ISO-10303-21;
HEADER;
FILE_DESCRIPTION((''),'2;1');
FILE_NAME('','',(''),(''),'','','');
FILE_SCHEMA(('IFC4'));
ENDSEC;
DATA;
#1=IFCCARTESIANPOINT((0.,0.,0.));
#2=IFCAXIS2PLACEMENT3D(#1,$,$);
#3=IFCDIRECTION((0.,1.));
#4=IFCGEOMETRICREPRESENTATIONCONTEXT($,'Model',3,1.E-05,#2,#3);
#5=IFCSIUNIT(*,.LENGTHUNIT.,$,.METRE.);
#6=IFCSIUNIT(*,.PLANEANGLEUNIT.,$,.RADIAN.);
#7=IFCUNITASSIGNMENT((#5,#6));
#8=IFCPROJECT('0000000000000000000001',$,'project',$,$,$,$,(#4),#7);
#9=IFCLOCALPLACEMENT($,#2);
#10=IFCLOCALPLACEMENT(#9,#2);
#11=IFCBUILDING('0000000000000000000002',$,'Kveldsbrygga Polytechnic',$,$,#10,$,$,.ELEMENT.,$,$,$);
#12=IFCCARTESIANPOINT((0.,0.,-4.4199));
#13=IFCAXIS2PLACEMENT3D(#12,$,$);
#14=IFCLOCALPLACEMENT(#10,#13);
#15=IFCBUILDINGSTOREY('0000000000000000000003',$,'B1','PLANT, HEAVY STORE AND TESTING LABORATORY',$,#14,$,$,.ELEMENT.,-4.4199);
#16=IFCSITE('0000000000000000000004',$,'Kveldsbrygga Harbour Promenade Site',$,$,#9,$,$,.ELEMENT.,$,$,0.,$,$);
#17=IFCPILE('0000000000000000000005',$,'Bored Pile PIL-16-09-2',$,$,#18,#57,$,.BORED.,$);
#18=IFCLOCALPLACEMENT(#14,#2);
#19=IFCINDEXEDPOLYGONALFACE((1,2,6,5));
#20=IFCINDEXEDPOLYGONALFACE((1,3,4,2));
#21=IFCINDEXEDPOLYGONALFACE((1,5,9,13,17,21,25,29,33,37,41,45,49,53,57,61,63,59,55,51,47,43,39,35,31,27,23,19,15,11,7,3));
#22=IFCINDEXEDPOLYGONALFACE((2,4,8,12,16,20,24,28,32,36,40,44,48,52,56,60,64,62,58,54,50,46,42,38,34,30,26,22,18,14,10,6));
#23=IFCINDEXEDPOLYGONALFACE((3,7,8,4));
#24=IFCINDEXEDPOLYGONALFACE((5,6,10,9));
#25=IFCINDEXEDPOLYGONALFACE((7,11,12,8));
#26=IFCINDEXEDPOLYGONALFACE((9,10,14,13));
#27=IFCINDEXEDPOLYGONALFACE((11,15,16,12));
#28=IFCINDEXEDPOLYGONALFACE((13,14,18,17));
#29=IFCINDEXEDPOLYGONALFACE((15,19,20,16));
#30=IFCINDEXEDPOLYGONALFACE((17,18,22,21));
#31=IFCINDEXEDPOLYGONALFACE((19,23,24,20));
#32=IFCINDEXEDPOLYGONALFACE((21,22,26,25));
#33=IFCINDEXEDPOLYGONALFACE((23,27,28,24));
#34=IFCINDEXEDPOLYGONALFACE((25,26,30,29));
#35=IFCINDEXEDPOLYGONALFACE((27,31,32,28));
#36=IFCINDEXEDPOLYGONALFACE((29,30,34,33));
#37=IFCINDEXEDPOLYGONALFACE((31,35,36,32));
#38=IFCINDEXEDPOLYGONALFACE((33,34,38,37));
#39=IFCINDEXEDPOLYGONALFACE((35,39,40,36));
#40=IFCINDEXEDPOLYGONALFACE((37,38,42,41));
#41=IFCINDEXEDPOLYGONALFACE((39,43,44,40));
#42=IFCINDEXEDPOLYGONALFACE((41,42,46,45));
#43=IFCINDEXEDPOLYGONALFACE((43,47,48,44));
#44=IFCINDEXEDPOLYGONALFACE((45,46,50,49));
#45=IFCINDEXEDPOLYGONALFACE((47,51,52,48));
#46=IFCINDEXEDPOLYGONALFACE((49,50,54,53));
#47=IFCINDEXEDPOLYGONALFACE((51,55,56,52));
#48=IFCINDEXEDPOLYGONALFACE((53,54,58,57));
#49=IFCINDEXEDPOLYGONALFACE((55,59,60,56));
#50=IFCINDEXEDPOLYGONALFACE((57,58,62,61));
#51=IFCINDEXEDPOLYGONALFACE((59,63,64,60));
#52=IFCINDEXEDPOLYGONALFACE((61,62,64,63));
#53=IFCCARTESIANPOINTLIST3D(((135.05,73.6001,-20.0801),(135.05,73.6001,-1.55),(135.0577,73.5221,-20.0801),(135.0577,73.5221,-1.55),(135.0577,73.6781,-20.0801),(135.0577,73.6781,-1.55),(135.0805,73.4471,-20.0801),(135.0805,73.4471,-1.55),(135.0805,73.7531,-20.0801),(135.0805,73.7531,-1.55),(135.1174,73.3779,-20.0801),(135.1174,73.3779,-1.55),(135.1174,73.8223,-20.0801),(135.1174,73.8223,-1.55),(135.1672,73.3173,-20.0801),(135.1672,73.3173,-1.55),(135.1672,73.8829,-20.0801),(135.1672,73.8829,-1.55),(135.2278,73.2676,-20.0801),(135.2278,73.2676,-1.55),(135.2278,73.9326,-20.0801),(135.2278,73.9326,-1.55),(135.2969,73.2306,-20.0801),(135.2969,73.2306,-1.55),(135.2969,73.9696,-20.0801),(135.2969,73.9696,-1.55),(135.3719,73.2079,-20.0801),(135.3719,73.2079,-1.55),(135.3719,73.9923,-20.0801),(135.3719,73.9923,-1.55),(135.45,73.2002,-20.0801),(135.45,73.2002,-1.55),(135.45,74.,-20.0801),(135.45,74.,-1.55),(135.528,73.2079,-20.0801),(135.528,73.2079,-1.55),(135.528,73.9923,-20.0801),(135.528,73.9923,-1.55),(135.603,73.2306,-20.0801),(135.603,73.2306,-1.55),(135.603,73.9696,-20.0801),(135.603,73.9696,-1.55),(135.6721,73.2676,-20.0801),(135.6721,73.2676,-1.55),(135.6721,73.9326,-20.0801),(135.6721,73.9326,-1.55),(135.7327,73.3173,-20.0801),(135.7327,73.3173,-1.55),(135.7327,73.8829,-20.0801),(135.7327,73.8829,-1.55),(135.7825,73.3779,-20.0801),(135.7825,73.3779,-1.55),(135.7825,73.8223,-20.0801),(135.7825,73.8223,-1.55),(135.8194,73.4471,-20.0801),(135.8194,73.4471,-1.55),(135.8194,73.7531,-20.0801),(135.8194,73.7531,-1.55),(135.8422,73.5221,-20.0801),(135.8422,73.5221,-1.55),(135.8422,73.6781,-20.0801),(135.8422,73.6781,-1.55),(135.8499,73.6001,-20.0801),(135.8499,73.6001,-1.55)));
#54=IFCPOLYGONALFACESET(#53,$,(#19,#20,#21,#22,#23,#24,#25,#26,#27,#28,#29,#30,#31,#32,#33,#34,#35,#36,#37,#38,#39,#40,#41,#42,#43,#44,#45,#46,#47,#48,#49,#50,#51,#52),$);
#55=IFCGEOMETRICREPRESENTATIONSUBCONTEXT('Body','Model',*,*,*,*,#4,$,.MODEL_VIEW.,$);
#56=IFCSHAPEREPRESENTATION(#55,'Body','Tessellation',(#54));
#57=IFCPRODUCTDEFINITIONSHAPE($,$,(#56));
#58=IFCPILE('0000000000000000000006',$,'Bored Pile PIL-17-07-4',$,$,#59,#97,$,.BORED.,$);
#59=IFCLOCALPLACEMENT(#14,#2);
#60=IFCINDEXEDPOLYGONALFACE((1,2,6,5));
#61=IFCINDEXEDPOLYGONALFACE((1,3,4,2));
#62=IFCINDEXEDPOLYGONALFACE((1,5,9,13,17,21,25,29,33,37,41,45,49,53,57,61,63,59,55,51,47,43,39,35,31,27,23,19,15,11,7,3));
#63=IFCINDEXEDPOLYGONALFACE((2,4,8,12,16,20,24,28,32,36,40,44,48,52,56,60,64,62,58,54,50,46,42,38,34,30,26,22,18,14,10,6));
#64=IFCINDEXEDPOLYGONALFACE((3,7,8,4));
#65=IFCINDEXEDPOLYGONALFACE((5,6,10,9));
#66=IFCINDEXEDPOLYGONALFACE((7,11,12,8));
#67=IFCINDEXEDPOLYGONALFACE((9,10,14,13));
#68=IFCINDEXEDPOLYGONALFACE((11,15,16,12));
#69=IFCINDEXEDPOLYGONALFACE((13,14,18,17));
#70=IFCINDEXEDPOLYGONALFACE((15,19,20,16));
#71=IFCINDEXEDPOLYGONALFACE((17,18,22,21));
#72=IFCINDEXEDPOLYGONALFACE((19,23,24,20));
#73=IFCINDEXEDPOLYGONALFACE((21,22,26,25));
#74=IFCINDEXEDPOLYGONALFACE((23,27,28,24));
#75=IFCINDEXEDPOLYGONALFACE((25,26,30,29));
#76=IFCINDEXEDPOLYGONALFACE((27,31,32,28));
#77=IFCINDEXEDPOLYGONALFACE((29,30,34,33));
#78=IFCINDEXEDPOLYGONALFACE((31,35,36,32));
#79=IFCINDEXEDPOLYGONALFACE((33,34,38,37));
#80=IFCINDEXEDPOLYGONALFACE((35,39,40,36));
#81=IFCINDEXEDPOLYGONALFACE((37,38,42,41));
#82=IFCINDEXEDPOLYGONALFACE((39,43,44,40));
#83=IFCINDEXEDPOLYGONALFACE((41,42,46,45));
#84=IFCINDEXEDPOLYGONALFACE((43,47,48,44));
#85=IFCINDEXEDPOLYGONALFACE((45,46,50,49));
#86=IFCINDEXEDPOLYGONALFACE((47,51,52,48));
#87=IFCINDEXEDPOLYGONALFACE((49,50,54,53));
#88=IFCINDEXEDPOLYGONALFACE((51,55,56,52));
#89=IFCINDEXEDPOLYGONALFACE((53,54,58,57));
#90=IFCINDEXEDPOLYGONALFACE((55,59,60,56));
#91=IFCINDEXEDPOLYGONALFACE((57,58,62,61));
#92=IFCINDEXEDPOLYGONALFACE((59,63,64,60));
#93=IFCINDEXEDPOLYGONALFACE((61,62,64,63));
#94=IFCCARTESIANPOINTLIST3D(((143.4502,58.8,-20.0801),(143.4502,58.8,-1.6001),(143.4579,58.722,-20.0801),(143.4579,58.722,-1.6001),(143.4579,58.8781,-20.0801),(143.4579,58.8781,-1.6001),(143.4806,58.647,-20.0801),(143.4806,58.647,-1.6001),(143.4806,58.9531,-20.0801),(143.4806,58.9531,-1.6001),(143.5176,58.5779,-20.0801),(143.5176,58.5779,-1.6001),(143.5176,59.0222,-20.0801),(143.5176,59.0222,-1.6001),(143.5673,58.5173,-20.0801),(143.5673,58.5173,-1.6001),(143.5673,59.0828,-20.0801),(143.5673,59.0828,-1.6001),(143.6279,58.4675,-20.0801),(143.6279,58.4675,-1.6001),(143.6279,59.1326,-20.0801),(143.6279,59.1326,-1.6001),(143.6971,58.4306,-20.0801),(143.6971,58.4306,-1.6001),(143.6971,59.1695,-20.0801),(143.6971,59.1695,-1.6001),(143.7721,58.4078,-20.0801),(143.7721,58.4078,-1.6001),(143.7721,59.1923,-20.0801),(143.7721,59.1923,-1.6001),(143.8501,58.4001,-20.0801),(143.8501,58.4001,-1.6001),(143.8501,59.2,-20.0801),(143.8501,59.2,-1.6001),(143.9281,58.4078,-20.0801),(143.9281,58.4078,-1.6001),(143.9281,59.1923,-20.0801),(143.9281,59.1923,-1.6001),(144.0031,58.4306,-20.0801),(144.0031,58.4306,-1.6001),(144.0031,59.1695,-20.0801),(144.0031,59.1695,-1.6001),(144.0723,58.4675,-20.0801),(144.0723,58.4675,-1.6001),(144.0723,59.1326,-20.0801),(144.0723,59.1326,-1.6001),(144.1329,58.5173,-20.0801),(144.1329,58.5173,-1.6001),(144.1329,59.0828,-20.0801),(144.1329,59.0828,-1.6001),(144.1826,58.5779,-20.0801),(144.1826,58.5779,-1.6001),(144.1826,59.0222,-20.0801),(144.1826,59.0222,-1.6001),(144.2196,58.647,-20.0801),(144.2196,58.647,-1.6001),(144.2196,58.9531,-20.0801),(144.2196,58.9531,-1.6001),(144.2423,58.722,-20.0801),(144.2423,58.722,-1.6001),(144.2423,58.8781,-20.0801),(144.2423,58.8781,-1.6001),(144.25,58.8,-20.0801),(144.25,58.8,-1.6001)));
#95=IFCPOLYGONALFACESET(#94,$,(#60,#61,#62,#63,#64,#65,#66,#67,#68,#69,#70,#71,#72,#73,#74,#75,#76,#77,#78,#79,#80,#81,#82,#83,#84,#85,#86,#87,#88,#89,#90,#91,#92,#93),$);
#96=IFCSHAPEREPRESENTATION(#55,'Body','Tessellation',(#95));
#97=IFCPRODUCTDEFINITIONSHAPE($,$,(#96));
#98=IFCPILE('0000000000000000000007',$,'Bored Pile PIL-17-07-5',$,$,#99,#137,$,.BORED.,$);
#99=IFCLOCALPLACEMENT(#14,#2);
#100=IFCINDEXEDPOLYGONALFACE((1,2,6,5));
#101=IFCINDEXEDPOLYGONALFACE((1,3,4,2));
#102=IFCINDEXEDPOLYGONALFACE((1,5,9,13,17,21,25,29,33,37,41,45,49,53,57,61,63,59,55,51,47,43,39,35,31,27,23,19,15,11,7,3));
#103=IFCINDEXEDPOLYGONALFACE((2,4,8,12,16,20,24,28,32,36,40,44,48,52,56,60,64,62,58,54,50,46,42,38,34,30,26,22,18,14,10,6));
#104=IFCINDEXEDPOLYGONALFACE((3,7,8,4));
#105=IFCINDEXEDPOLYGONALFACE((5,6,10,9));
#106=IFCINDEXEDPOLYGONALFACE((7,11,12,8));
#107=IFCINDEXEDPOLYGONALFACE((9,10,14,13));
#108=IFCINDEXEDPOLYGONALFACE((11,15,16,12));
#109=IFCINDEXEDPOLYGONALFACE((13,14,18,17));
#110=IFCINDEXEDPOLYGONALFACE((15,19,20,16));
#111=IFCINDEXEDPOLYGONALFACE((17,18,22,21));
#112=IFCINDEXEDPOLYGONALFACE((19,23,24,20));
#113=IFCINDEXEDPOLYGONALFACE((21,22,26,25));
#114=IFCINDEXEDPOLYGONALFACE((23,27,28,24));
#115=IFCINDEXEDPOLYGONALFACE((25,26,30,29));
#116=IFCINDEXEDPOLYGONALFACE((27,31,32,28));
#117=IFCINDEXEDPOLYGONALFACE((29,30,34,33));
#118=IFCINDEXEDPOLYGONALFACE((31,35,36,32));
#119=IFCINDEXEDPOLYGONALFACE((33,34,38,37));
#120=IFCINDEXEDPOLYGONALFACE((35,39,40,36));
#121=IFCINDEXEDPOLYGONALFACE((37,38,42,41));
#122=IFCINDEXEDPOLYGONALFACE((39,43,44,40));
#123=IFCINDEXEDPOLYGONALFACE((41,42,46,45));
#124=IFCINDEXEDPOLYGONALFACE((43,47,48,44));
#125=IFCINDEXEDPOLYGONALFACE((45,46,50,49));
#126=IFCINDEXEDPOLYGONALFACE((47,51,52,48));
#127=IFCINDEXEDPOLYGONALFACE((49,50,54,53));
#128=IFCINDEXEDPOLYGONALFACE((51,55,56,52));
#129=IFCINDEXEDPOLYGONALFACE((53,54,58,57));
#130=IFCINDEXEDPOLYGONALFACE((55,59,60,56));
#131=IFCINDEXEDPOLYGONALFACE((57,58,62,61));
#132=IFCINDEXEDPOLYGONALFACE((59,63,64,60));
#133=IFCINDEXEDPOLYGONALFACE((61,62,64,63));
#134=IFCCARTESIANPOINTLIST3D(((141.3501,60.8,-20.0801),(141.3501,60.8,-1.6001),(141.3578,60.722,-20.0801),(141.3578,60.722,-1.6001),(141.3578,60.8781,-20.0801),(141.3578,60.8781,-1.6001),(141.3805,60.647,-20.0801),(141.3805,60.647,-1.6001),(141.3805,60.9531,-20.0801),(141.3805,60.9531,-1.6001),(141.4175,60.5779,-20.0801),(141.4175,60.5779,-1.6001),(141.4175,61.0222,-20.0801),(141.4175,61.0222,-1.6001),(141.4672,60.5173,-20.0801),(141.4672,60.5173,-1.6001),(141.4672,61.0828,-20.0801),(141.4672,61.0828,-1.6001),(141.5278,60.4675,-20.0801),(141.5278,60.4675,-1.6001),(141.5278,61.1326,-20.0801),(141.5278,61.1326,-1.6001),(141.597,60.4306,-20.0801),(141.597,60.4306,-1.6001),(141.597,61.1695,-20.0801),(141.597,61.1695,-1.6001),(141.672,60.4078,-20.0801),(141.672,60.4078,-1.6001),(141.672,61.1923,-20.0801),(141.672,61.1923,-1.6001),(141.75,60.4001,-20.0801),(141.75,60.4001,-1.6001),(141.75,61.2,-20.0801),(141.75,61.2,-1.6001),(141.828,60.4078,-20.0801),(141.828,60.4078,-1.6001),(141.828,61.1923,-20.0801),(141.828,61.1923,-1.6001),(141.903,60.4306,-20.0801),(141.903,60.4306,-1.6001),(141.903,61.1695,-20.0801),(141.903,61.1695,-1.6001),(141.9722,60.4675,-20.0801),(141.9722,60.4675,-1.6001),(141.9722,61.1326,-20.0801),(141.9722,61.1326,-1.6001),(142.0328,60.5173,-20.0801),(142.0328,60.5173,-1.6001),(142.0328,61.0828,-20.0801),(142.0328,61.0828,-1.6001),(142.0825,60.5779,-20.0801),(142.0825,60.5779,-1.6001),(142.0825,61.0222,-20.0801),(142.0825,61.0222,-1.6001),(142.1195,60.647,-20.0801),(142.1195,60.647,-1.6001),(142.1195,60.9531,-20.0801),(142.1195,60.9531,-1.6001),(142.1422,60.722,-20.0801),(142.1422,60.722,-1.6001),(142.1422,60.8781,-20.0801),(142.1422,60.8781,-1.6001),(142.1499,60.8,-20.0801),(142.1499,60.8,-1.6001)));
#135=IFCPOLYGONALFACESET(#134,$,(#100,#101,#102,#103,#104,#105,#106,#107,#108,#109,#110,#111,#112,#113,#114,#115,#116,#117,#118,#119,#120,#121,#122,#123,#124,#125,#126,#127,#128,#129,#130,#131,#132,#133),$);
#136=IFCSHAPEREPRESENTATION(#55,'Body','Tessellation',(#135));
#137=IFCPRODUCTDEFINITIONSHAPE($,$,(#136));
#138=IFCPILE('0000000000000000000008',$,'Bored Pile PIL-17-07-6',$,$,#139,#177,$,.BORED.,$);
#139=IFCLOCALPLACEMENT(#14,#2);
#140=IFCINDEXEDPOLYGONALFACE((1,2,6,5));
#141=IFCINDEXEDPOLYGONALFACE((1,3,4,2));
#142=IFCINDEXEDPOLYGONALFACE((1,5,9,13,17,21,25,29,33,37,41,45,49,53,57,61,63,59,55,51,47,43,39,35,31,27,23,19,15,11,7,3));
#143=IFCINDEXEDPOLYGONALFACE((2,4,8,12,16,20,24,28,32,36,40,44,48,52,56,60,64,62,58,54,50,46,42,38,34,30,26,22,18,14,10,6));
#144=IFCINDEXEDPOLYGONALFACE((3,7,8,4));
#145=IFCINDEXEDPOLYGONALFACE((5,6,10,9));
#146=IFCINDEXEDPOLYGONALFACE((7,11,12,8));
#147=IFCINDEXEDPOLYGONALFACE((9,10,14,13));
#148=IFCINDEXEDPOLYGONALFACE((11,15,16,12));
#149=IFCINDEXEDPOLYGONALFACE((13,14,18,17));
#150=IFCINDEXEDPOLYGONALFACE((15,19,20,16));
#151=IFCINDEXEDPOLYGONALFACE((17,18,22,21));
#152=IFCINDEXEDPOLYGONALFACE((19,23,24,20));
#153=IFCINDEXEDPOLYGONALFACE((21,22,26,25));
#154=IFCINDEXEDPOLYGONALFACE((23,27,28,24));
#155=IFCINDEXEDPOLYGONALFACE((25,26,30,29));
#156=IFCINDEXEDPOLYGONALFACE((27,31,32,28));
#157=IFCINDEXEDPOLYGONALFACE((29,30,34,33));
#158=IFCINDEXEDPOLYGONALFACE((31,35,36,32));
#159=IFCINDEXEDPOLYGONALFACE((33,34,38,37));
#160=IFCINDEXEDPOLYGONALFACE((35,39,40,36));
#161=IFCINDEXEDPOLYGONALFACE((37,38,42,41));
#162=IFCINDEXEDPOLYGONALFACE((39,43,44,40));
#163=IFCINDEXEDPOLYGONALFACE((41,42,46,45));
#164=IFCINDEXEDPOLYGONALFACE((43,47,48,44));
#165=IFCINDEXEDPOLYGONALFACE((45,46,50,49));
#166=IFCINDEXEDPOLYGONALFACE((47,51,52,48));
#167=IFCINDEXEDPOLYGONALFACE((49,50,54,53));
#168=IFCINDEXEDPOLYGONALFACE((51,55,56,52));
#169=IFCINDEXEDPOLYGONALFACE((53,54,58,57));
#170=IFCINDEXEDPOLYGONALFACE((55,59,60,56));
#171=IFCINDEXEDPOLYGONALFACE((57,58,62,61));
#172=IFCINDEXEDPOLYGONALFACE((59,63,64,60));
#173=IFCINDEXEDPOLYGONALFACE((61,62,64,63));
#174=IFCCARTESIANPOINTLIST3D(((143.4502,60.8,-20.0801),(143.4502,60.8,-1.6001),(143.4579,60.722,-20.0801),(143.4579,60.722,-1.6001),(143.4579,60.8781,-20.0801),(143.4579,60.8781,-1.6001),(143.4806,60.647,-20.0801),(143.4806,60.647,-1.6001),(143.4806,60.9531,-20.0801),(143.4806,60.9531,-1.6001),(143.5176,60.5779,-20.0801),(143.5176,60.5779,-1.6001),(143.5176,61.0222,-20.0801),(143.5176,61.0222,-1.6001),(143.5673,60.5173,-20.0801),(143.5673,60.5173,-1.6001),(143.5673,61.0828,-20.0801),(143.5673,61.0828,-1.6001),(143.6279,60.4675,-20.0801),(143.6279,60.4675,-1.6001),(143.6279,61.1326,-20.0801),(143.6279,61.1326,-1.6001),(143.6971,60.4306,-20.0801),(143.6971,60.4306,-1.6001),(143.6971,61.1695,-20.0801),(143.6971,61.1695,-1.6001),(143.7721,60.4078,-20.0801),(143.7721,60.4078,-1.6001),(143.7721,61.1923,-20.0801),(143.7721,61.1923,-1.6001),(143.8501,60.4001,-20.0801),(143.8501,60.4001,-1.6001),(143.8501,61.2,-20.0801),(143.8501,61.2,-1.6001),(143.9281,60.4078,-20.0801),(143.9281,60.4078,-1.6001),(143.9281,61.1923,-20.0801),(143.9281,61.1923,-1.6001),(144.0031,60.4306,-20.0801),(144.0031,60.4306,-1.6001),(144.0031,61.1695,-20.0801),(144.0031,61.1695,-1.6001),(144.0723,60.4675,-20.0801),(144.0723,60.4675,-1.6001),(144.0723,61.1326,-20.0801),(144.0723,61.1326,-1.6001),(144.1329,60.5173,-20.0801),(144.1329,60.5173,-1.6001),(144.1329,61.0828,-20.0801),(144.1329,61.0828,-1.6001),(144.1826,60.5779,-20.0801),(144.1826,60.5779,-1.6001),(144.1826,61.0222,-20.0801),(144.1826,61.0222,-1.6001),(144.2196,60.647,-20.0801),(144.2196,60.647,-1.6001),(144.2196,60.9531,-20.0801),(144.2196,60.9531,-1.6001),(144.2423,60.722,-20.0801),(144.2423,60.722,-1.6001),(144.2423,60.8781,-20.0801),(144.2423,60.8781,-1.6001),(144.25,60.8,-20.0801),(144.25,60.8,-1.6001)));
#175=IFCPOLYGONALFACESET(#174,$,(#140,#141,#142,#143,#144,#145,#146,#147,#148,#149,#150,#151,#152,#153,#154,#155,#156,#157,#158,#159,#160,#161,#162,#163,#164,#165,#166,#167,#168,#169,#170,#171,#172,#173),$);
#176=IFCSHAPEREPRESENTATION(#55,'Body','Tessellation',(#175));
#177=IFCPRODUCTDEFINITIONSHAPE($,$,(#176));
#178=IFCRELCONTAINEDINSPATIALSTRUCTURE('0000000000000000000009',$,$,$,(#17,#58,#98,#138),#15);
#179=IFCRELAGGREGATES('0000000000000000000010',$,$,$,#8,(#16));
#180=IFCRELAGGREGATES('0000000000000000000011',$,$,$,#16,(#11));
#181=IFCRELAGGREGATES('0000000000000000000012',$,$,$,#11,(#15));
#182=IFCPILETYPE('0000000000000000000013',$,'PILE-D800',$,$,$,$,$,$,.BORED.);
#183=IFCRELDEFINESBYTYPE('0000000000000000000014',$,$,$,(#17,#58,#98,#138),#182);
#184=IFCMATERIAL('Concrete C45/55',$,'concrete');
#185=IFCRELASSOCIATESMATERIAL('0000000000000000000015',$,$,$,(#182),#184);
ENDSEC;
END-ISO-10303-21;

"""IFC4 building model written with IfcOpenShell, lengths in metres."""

from ifc_helpers import new_model, si_unit, direction, frame, origin, origin_2d, place, context, subcontext, project, spatial, circle, extrude, material, material_profile, profile_set, type_object, element, save


model = new_model("IFC4")

# Units and contexts
model_context = context("Model", 3, precision=1e-05, world=origin(), true_north=direction((0.0, 1.0)))
body_context = subcontext(model_context, "Body", "Model", "MODEL_VIEW")
ifc_project = project(units=[si_unit("LENGTHUNIT", "METRE"), si_unit("PLANEANGLEUNIT", "RADIAN")], contexts=[model_context])

# Site, building, storey
site_placement = place(None, origin())
site = spatial("IfcSite", under=ifc_project, at=site_placement, Name="Kveldsbrygga Harbour Promenade Site", CompositionType="ELEMENT", RefElevation=0.0)
building_placement = place(site_placement, origin())
building = spatial("IfcBuilding", under=site, at=building_placement, Name="Kveldsbrygga Polytechnic", CompositionType="ELEMENT")
storey_placement = place(building_placement, frame((0.0, 0.0, -4.4199)))
storey = spatial("IfcBuildingStorey", under=building, at=storey_placement, Name="B1", Description="PLANT, HEAVY STORE AND TESTING LABORATORY", CompositionType="ELEMENT", Elevation=-4.4199)

# Shared definitions
ifc_material_1 = material(Name="Concrete C45/55", Category="concrete")

# Piles
ifc_material_profile_1 = material_profile(ifc_material_1, circle(Radius=0.3999, at=origin_2d()), Name="PILE D800")
ifc_profile_set_1 = profile_set([ifc_material_profile_1], Name="Concrete C45/55")
pile_type = type_object("IfcPileType", Name="PILE-D800", PredefinedType="BORED", material=ifc_profile_set_1)
pile_1_placement = place(storey_placement, frame((135.45, 73.6001, -1.55), z_axis=(0.0, 0.0, -1.0), x_axis=(1.0, 0.0, 0.0)))
element("IfcPile", 1, at=pile_1_placement, inside=storey, type_object=pile_type, Name="Bored Pile PIL-16-09-2", PredefinedType="BORED", context=body_context, shape_type="SweptSolid", body=[
    extrude(circle(Radius=0.3999, at=origin_2d()), origin(), (0.0, 0.0, 1.0), 18.53),
])
for number, where, z_axis, x_axis, name in (
    (2, (143.8501, 58.8, -1.6001), (0.0, 0.0, -1.0), (1.0, 0.0, 0.0), "Bored Pile PIL-17-07-4"),
    (3, (141.75, 60.8, -1.6001), (0.0, 0.0, -1.0), (1.0, 0.0, 0.0), "Bored Pile PIL-17-07-5"),
    (4, (143.8501, 60.8, -1.6001), (0.0, 0.0, -1.0), (1.0, 0.0, 0.0), "Bored Pile PIL-17-07-6"),
):
    element("IfcPile", number, at=place(storey_placement, frame(where, z_axis=z_axis, x_axis=x_axis)), inside=storey, type_object=pile_type, Name=name, PredefinedType="BORED", context=body_context, shape_type="SweptSolid", body=[
        extrude(circle(Radius=0.3999, at=origin_2d()), origin(), (0.0, 0.0, 1.0), 18.48),
    ])

save(model, "model.ifc")
